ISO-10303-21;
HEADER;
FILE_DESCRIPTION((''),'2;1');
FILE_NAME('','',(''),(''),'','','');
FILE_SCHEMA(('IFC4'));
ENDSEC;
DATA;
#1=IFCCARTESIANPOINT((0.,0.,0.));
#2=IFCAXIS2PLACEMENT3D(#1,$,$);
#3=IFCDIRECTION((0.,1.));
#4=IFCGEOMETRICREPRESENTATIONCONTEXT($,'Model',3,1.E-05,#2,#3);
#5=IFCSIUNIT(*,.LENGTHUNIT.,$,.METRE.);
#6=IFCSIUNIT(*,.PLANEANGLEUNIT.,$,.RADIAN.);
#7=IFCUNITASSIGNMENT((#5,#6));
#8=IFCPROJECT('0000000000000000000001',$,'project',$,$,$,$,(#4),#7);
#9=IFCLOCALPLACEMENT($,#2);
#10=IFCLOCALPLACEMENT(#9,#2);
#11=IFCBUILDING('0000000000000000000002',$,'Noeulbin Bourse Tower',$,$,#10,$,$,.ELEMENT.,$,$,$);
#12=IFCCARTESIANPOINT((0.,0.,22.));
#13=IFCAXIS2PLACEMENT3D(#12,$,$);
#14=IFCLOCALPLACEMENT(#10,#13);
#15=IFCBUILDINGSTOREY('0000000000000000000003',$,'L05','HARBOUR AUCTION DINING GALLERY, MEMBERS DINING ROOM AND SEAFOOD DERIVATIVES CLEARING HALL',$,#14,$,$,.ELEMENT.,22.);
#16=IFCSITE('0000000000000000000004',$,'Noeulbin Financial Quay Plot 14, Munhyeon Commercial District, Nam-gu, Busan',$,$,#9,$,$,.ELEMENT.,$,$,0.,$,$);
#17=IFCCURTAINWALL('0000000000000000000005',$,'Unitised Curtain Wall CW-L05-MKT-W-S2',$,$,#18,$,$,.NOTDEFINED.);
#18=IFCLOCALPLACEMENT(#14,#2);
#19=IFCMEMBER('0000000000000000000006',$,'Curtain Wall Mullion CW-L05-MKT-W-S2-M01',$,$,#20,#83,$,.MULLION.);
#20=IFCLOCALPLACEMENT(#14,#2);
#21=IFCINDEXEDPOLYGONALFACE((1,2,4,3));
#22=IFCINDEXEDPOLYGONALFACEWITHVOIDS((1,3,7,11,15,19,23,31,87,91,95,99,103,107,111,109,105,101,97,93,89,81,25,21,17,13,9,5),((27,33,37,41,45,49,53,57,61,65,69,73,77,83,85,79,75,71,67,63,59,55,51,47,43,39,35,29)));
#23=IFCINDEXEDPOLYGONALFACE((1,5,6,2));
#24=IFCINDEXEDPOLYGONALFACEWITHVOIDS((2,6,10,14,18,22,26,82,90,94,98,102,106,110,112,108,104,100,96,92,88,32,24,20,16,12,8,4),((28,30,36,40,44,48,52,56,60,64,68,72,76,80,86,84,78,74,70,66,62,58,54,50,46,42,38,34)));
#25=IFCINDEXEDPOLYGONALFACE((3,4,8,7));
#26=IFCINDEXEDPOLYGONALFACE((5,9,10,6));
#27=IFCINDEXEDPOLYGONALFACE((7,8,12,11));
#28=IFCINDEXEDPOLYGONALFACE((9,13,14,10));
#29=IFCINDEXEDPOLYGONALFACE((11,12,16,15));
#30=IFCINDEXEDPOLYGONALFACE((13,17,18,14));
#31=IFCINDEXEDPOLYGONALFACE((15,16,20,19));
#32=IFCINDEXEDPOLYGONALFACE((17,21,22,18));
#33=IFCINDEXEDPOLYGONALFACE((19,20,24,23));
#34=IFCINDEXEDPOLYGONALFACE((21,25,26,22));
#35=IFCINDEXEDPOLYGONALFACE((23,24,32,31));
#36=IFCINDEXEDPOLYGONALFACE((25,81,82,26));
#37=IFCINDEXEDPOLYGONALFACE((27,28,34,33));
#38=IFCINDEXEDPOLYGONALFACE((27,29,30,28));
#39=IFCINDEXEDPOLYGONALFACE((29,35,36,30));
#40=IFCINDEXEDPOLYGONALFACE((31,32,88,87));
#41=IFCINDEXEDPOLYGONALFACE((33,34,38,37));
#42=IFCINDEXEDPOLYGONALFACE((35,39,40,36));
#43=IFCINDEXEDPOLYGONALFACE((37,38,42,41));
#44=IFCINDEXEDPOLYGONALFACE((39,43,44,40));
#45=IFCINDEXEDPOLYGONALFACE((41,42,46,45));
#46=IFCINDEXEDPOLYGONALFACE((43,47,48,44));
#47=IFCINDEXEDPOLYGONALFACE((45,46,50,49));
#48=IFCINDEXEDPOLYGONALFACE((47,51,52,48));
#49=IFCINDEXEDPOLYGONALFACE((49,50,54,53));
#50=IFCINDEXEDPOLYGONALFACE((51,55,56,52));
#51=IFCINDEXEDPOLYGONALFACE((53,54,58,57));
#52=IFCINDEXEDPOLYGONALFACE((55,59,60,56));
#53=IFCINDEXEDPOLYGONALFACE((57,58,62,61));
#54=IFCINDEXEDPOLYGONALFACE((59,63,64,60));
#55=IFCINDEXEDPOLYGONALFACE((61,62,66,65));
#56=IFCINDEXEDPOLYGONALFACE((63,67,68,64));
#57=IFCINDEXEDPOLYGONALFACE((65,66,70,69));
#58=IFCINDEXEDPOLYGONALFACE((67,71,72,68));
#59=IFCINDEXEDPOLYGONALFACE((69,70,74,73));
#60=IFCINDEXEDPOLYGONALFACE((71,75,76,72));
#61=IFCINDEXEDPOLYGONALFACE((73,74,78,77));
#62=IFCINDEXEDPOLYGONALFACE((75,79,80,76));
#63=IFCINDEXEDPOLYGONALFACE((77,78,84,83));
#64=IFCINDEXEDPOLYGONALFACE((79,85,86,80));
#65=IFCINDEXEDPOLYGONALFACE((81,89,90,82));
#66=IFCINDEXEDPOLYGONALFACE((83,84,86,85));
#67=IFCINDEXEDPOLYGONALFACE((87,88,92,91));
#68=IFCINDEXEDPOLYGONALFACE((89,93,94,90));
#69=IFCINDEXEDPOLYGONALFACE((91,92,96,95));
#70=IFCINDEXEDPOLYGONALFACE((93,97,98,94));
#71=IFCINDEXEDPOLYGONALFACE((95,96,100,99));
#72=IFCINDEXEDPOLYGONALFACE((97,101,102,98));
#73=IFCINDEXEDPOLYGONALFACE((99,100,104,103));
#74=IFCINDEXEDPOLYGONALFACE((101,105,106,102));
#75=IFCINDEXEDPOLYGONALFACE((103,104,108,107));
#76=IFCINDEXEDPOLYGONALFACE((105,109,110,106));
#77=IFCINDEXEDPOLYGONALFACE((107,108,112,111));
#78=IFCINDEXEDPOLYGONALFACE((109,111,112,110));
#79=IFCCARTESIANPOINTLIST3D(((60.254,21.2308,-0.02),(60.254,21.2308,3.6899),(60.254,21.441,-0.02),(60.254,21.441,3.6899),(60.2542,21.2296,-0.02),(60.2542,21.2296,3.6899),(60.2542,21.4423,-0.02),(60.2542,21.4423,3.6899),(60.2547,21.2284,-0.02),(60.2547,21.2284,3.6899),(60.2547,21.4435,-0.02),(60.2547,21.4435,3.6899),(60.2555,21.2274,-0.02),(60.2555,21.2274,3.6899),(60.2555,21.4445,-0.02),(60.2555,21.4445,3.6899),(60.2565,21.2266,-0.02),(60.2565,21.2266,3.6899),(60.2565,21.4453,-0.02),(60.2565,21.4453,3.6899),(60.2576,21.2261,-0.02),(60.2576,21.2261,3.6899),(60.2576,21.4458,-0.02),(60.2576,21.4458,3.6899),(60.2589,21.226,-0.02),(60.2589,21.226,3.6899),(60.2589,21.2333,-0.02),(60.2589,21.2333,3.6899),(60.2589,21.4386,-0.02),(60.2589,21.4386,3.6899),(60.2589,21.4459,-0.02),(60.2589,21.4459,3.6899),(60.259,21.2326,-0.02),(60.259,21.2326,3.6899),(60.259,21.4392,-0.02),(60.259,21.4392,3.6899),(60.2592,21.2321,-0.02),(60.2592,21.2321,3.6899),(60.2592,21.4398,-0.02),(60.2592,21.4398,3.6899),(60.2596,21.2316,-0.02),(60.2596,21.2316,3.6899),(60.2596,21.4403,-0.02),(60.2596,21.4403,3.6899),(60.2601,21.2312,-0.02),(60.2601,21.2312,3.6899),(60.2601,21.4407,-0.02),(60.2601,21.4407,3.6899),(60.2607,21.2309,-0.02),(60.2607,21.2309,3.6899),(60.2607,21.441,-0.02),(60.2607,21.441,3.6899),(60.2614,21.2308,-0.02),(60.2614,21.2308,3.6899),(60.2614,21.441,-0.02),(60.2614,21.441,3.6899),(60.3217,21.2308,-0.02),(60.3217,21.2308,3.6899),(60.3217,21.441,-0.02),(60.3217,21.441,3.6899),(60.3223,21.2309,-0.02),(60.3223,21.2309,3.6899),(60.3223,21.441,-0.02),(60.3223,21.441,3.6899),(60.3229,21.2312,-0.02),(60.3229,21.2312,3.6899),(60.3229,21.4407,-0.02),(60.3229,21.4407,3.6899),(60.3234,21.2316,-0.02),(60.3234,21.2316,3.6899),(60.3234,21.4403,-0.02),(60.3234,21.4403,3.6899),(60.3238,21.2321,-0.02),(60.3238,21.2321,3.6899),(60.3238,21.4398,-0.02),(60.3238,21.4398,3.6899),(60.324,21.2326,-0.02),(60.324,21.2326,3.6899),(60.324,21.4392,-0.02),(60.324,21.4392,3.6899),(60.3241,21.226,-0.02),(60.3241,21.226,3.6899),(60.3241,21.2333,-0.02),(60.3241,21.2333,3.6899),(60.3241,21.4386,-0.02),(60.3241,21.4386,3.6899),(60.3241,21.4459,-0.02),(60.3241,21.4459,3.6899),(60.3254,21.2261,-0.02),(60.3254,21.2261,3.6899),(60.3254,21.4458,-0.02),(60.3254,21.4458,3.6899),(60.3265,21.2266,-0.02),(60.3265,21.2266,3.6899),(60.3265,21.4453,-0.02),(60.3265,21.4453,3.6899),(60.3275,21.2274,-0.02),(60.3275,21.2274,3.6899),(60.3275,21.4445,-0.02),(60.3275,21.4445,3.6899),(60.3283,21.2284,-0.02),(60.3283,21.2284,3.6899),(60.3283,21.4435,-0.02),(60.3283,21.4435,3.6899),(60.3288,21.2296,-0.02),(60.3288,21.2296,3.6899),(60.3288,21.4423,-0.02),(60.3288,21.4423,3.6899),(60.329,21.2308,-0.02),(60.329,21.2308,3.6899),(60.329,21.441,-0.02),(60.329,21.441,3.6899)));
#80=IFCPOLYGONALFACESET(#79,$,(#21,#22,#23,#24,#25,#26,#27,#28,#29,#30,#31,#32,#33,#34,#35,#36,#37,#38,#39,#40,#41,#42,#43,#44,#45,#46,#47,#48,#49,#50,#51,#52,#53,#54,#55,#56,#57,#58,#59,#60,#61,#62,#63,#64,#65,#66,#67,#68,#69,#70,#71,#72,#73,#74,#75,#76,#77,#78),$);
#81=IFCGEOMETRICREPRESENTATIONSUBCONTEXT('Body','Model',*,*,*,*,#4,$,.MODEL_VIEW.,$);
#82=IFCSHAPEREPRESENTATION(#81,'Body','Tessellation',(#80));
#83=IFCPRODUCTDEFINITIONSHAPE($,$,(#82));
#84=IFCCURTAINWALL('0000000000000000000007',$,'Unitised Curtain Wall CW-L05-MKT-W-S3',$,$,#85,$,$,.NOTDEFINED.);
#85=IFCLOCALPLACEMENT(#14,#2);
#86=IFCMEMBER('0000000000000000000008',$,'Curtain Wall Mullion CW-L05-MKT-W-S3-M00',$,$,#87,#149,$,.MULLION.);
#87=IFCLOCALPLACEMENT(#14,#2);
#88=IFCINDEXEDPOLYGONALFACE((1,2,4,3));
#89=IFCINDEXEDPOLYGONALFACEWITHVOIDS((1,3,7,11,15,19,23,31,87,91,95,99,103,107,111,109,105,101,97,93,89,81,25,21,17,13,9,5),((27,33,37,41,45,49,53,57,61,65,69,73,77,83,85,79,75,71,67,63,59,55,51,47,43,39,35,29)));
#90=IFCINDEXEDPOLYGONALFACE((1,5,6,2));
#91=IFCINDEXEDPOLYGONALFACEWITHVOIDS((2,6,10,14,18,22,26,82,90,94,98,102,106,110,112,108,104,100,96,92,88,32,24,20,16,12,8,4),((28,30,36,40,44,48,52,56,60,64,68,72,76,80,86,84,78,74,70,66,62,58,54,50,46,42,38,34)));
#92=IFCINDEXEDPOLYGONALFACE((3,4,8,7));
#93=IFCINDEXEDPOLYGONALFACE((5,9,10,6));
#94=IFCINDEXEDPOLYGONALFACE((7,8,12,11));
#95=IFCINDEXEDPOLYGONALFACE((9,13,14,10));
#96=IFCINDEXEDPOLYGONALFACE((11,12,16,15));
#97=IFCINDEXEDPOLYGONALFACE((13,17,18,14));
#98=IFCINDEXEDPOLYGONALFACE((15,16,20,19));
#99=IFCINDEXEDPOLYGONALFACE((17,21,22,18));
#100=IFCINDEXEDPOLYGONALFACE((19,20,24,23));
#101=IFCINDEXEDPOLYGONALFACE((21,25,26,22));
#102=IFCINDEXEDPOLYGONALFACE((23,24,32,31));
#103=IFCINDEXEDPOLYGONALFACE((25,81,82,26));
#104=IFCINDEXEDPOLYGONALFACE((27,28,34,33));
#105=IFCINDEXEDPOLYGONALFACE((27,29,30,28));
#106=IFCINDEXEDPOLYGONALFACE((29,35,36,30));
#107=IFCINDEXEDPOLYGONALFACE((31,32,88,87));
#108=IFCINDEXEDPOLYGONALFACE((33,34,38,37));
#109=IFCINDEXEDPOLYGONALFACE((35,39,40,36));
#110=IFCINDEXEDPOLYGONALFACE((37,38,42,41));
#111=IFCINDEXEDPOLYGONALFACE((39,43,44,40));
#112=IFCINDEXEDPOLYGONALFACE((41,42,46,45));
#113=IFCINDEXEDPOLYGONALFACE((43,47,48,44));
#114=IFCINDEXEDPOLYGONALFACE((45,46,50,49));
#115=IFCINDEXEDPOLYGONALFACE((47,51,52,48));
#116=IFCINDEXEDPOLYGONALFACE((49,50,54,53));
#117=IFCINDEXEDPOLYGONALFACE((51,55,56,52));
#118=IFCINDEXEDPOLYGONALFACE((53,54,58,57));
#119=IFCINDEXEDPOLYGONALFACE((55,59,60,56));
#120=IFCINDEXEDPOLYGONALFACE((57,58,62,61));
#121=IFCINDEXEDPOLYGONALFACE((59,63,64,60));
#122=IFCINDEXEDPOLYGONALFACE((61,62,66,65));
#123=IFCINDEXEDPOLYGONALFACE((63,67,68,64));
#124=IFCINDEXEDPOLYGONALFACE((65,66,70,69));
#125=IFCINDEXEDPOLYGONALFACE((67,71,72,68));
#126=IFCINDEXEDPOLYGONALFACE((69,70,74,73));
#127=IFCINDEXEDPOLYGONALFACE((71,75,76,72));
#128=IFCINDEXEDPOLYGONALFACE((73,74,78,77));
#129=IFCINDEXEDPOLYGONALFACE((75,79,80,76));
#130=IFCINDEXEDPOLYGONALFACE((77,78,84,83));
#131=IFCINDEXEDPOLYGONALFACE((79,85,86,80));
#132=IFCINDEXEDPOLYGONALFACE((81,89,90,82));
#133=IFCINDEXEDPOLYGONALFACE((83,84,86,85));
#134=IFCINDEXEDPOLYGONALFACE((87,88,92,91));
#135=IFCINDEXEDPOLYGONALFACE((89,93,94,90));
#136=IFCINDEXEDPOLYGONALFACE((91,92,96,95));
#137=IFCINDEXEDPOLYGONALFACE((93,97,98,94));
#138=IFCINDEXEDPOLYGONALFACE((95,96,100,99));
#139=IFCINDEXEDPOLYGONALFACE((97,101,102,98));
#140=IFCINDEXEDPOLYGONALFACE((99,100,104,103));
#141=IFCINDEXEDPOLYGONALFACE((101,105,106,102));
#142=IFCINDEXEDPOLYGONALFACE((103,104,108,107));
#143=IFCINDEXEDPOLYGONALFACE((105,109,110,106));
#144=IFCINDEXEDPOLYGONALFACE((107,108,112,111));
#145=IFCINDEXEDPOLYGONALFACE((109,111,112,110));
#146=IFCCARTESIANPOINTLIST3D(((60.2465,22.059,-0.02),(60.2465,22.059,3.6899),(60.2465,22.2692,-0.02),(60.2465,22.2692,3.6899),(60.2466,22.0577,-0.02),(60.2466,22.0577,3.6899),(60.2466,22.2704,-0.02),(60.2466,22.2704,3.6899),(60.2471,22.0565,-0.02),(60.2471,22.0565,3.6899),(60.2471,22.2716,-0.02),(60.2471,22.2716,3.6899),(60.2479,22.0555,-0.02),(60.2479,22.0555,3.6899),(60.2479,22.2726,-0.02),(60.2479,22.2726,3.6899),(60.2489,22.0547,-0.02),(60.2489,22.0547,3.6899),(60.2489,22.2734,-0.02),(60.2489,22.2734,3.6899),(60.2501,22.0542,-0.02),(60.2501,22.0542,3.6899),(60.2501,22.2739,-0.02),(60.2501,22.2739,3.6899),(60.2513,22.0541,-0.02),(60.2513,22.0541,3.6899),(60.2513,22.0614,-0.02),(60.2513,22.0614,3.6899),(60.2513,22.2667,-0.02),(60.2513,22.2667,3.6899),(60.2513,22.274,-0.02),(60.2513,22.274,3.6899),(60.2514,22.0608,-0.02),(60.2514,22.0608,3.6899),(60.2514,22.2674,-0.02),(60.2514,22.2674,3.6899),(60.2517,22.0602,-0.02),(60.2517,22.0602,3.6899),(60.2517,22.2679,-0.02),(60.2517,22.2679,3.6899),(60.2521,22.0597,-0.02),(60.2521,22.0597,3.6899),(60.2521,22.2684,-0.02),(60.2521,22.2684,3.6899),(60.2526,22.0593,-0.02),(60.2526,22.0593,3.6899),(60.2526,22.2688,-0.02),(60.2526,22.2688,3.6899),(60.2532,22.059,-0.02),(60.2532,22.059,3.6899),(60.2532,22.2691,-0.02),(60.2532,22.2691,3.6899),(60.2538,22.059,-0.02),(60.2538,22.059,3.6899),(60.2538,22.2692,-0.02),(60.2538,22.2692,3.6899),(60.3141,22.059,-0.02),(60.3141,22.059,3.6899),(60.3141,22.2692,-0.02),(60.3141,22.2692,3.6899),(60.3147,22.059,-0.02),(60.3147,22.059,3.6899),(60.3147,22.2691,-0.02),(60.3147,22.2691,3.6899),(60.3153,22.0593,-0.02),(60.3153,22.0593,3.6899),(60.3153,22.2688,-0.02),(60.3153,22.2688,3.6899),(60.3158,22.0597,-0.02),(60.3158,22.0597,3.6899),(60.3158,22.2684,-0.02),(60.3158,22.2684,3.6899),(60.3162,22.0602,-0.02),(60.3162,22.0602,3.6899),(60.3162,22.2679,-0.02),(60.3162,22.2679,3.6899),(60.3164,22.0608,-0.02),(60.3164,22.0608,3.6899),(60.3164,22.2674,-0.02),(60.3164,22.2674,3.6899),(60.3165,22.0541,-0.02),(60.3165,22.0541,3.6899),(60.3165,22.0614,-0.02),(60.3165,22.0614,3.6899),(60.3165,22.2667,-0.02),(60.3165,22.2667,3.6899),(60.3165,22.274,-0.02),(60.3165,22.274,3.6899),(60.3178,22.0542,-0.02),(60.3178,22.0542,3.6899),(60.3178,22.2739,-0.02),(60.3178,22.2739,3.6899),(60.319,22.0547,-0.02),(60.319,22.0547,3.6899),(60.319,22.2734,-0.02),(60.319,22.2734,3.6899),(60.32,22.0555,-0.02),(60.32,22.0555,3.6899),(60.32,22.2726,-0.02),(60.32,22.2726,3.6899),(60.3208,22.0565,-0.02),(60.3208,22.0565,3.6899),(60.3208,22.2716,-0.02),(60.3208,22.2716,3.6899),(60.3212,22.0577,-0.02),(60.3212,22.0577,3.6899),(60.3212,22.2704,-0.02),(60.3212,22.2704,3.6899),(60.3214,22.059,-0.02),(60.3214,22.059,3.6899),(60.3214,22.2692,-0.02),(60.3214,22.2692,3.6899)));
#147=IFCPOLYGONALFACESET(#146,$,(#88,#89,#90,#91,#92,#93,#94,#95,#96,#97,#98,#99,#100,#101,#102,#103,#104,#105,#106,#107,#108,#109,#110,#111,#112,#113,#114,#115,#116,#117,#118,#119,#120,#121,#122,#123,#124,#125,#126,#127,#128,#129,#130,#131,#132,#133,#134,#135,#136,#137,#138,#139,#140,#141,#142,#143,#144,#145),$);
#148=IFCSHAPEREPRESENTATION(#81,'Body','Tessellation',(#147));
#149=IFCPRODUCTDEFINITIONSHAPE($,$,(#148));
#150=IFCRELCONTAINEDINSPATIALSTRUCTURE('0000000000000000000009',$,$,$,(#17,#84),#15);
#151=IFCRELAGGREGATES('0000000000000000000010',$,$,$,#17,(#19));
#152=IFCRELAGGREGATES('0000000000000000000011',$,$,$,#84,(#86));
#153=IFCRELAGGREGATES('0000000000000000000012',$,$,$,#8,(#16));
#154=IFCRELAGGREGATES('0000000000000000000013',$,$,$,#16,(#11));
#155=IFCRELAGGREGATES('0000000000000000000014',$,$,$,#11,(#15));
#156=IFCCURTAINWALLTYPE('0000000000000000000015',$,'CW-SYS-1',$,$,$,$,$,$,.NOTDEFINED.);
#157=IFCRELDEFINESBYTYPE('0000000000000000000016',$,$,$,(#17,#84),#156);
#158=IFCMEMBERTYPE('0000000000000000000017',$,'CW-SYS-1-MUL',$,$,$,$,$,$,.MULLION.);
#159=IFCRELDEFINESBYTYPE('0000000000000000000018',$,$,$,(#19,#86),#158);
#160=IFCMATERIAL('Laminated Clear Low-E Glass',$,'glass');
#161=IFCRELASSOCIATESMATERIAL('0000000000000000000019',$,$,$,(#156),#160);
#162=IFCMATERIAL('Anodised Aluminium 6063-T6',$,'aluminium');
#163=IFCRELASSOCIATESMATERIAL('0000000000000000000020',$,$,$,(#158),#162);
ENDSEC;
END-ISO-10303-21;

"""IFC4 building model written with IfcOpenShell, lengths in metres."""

from ifc_helpers import new_model, si_unit, direction, frame, origin, origin_2d, place, context, subcontext, project, spatial, hollow_rectangle, extrude, material, material_profile, profile_set, type_object, element, aggregate, save


model = new_model("IFC4")

# Units and contexts
model_context = context("Model", 3, precision=1e-05, world=origin(), true_north=direction((0.0, 1.0)))
body_context = subcontext(model_context, "Body", "Model", "MODEL_VIEW")
ifc_project = project(units=[si_unit("LENGTHUNIT", "METRE"), si_unit("PLANEANGLEUNIT", "RADIAN")], contexts=[model_context])

# Site, building, storey
site_placement = place(None, origin())
site = spatial("IfcSite", under=ifc_project, at=site_placement, Name="Noeulbin Financial Quay Plot 14, Munhyeon Commercial District, Nam-gu, Busan", CompositionType="ELEMENT", RefElevation=0.0)
building_placement = place(site_placement, origin())
building = spatial("IfcBuilding", under=site, at=building_placement, Name="Noeulbin Bourse Tower", CompositionType="ELEMENT")
storey_placement = place(building_placement, frame((0.0, 0.0, 22.0)))
storey = spatial("IfcBuildingStorey", under=building, at=storey_placement, Name="L05", Description="HARBOUR AUCTION DINING GALLERY, MEMBERS DINING ROOM AND SEAFOOD DERIVATIVES CLEARING HALL", CompositionType="ELEMENT", Elevation=22.0)

# Curtain wall, member
ifc_material_1 = material(Name="Laminated Clear Low-E Glass", Category="glass")
curtain_wall_type_1 = type_object("IfcCurtainWallType", Name="CW-SYS-1", PredefinedType="NOTDEFINED", material=ifc_material_1)
curtain_wall_1_placement = place(storey_placement, origin())
curtain_wall_1 = element("IfcCurtainWall", 1, at=curtain_wall_1_placement, inside=storey, type_object=curtain_wall_type_1, Name="Unitised Curtain Wall CW-L05-MKT-W-S2", PredefinedType="NOTDEFINED")
ifc_material_2 = material(Name="Anodised Aluminium 6063-T6", Category="aluminium")
ifc_material_profile_1 = material_profile(ifc_material_2, hollow_rectangle(XDim=0.075, YDim=0.22, WallThickness=0.0049, InnerFilletRadius=0.0024, OuterFilletRadius=0.0049, at=origin_2d()), Name="ALU-MULL-75x220x5", Category="LoadBearing")
ifc_profile_set_1 = profile_set([ifc_material_profile_1], Name="Anodised Aluminium 6063-T6")
member_type_1 = type_object("IfcMemberType", Name="CW-SYS-1-MUL", PredefinedType="MULLION", material=ifc_profile_set_1)
member_1_placement = place(storey_placement, frame((60.2915, 21.3359, -0.02), z_axis=(0.0, 0.0, 1.0), x_axis=(1.0, 0.0, 0.0)))
member_1 = element("IfcMember", 2, at=member_1_placement, type_object=member_type_1, Name="Curtain Wall Mullion CW-L05-MKT-W-S2-M01", PredefinedType="MULLION", context=body_context, shape_type="SweptSolid", body=[
    extrude(hollow_rectangle(XDim=0.075, YDim=0.22, WallThickness=0.0049, InnerFilletRadius=0.0024, OuterFilletRadius=0.0049, at=origin_2d()), origin(), (0.0, 0.0, 1.0), 3.71),
])

# Curtain wall, member
curtain_wall_2_placement = place(storey_placement, origin())
curtain_wall_2 = element("IfcCurtainWall", 3, at=curtain_wall_2_placement, inside=storey, type_object=curtain_wall_type_1, Name="Unitised Curtain Wall CW-L05-MKT-W-S3", PredefinedType="NOTDEFINED")
member_2_placement = place(storey_placement, frame((60.2839, 22.1641, -0.02), z_axis=(0.0, 0.0, 1.0), x_axis=(1.0, 0.0, 0.0)))
member_2 = element("IfcMember", 4, at=member_2_placement, type_object=member_type_1, Name="Curtain Wall Mullion CW-L05-MKT-W-S3-M00", PredefinedType="MULLION", context=body_context, shape_type="SweptSolid", body=[
    extrude(hollow_rectangle(XDim=0.075, YDim=0.22, WallThickness=0.0049, InnerFilletRadius=0.0024, OuterFilletRadius=0.0049, at=origin_2d()), origin(), (0.0, 0.0, 1.0), 3.71),
])

aggregate(curtain_wall_1, [member_1])
aggregate(curtain_wall_2, [member_2])

save(model, "model.ifc")
